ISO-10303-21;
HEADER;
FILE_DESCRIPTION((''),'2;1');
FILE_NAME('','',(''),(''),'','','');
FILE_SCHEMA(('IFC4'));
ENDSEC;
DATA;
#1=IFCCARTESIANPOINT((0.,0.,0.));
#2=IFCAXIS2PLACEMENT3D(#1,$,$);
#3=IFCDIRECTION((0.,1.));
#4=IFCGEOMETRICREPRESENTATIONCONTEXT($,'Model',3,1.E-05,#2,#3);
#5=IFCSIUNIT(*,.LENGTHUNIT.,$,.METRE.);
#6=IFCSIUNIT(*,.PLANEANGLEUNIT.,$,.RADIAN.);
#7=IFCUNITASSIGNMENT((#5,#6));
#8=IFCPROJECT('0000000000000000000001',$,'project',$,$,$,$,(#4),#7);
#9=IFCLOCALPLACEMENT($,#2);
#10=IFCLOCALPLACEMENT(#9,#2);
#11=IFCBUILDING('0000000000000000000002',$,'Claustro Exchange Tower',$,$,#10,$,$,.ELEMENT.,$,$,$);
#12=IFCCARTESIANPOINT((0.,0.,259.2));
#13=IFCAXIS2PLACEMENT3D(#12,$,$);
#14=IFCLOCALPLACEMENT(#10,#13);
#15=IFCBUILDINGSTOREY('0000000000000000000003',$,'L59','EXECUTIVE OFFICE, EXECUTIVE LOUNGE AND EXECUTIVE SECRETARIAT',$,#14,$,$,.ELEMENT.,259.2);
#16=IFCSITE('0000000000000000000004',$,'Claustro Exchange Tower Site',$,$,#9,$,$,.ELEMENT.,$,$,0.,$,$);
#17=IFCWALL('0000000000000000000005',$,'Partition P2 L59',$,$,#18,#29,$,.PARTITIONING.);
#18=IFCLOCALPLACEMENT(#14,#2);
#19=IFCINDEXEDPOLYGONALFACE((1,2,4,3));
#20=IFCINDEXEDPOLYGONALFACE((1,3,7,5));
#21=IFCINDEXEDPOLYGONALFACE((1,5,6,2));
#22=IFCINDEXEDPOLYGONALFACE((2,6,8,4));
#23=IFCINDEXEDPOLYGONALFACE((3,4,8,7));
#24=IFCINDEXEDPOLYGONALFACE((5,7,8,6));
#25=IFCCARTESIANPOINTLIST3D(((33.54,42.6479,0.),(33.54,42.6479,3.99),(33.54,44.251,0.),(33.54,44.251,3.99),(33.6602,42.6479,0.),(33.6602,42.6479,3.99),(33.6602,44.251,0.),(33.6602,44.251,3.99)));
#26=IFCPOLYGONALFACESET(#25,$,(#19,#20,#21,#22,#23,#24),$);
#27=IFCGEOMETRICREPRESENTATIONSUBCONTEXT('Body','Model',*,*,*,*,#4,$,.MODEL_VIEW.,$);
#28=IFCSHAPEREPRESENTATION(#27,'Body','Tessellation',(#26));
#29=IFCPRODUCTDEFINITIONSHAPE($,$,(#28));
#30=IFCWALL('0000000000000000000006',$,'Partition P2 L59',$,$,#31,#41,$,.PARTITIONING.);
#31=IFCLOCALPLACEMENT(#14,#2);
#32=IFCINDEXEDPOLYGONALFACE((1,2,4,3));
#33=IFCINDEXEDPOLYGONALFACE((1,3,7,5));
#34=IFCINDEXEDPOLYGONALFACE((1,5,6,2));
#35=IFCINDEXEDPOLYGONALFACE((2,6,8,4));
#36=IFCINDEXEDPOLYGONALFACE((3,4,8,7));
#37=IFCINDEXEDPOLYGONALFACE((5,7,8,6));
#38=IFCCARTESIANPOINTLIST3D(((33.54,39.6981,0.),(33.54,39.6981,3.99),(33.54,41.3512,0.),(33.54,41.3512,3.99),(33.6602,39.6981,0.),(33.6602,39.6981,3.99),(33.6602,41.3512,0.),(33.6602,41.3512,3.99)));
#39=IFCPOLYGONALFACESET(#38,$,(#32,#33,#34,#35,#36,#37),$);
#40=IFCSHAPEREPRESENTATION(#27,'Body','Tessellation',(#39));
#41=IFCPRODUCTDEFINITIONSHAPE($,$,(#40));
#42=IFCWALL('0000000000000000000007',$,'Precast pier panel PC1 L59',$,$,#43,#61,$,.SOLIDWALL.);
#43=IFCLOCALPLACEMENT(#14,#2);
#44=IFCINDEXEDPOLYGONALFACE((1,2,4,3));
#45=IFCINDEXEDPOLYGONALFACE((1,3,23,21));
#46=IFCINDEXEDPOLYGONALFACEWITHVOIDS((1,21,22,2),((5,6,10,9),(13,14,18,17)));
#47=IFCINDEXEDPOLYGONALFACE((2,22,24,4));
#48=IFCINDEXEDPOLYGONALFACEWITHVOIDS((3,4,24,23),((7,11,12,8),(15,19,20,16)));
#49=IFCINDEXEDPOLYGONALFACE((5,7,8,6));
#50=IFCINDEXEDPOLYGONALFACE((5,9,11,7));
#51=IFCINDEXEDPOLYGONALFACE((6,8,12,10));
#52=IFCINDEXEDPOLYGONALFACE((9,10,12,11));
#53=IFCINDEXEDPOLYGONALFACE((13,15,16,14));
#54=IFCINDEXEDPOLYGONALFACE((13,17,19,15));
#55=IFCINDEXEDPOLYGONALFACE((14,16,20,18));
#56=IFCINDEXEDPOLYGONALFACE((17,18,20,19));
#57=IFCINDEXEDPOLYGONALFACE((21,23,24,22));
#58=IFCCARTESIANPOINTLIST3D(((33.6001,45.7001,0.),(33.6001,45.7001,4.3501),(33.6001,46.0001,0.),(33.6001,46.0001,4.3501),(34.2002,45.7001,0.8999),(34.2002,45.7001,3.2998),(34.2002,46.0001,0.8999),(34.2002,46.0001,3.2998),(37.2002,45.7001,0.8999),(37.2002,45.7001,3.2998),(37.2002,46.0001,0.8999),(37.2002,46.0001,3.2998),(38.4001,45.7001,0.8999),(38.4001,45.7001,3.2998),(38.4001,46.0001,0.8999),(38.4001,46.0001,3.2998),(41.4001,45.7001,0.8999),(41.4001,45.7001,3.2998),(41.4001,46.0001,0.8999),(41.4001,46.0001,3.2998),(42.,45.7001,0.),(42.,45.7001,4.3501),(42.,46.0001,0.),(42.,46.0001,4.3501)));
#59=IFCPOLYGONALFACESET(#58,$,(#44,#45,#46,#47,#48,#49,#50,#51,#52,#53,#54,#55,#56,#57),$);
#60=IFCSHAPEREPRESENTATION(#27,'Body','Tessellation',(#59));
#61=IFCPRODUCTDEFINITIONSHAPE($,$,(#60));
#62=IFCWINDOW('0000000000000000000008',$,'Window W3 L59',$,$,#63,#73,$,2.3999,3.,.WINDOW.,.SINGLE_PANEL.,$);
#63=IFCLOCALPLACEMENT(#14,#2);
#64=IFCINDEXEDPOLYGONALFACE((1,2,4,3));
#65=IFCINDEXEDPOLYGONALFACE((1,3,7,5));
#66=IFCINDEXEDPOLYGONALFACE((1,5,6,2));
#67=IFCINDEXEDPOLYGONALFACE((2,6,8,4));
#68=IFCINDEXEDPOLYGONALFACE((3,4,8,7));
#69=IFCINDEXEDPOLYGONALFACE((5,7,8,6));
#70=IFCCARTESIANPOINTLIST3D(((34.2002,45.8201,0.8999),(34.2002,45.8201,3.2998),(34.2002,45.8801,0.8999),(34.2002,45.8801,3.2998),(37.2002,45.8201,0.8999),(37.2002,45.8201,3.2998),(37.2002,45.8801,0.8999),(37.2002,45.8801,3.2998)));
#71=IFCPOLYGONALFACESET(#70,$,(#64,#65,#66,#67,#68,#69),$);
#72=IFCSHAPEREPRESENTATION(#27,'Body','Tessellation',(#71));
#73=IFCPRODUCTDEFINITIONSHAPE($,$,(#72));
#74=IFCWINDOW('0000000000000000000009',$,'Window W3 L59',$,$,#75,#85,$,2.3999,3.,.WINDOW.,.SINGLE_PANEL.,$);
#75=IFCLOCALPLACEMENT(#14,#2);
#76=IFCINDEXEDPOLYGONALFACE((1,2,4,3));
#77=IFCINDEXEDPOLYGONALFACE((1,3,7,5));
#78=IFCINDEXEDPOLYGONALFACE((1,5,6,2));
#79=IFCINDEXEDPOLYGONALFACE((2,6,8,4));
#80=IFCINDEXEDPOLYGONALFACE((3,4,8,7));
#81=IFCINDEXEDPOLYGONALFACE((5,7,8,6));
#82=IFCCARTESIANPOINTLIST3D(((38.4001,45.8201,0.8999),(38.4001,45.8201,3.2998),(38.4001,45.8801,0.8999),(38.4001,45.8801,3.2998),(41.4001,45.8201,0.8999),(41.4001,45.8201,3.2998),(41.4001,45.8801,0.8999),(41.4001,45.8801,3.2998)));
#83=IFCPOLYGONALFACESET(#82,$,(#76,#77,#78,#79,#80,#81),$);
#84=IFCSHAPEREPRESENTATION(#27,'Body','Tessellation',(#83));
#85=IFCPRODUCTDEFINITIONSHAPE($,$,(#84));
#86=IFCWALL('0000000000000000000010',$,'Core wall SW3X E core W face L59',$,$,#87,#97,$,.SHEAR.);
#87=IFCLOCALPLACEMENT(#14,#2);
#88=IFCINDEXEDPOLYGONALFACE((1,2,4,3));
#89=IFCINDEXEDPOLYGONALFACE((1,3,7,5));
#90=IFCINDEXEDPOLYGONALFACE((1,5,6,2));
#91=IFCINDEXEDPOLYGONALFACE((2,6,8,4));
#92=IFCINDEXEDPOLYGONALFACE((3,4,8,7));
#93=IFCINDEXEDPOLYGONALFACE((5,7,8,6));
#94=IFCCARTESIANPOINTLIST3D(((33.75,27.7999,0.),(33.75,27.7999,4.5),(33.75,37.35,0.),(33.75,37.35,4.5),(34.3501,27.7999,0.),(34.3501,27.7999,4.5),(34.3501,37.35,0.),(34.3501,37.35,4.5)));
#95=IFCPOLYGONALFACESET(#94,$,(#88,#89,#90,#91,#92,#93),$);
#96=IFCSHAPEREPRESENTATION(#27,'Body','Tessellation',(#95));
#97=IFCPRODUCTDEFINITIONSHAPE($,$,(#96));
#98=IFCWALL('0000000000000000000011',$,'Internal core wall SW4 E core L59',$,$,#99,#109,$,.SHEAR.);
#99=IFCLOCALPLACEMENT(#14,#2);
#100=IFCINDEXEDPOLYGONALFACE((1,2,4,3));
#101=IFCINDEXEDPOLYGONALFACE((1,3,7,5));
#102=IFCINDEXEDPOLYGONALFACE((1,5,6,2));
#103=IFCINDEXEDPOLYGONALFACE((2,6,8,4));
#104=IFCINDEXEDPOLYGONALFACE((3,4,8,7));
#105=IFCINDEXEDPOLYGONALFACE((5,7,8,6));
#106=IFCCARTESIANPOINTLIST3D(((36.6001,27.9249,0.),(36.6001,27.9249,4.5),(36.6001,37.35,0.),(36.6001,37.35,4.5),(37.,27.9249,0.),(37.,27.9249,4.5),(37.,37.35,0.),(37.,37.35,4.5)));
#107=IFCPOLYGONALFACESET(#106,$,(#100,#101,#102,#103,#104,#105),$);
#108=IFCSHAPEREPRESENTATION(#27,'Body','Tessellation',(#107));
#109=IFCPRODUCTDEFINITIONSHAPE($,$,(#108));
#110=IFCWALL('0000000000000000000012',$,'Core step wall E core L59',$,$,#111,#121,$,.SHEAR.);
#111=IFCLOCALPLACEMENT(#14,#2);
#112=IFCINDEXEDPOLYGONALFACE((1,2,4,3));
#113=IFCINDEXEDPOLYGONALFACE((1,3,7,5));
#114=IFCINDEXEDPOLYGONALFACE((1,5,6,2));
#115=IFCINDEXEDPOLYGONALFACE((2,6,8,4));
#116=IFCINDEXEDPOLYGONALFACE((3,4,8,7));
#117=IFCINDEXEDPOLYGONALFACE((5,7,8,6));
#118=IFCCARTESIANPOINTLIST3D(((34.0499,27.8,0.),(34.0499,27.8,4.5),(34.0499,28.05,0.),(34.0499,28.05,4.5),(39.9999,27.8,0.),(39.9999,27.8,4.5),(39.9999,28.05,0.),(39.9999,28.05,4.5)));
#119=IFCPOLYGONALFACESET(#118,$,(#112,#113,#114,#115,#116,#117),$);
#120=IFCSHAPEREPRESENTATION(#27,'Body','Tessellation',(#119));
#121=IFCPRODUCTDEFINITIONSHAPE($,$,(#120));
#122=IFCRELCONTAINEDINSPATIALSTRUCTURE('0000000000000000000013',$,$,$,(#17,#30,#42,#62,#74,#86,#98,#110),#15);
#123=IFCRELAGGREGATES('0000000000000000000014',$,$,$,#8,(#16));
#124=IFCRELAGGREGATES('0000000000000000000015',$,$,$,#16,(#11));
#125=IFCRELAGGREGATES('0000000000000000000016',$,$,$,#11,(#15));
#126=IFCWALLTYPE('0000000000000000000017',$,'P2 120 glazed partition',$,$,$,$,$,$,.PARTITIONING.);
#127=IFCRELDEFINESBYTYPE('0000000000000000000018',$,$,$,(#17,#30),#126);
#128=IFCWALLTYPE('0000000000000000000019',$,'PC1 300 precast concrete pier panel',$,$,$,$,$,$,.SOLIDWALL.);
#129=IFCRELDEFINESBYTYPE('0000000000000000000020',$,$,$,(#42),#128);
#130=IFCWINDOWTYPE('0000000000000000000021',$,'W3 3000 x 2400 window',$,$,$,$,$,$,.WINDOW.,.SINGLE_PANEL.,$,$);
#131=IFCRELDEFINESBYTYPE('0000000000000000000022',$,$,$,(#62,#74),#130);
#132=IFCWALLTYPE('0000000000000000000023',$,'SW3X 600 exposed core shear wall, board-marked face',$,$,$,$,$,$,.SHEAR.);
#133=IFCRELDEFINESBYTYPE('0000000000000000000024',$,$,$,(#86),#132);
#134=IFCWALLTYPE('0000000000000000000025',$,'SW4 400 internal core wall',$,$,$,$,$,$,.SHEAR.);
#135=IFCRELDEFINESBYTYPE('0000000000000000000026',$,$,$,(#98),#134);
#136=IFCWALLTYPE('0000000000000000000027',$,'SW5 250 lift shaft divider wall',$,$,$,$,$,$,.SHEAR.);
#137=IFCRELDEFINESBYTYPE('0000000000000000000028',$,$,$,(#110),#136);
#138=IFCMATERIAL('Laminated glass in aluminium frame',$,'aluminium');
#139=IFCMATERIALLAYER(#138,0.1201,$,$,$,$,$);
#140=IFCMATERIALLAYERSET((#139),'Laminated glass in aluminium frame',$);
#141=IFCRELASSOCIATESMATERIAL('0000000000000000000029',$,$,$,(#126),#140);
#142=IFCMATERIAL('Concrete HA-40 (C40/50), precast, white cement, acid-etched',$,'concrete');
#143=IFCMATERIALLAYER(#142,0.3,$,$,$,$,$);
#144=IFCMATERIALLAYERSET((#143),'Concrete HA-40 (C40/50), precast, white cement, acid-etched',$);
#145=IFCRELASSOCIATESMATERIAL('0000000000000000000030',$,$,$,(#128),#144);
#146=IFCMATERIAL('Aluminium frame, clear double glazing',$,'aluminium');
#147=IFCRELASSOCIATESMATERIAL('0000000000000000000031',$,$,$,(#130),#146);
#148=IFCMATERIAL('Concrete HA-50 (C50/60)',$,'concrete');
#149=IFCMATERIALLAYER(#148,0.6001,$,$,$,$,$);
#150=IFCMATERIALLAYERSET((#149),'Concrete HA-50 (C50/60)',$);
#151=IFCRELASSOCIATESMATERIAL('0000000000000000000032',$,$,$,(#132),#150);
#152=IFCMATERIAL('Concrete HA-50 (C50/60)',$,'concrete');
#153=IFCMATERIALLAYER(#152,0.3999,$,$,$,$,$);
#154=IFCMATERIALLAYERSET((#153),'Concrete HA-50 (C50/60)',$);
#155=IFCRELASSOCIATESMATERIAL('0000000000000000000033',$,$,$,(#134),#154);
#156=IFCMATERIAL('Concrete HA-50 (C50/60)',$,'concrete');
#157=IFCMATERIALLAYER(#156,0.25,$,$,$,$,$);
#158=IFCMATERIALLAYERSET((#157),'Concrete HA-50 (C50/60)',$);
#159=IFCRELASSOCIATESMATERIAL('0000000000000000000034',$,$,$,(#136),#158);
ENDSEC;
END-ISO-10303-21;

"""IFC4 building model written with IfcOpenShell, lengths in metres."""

from ifc_helpers import new_model, si_unit, direction, frame, frame_2d, origin, place, context, subcontext, project, spatial, rectangle, extrude, material, layer, layer_set, type_object, element, fill, save


model = new_model("IFC4")

# Units and contexts
model_context = context("Model", 3, precision=1e-05, world=origin(), true_north=direction((0.0, 1.0)))
body_context = subcontext(model_context, "Body", "Model", "MODEL_VIEW")
ifc_project = project(units=[si_unit("LENGTHUNIT", "METRE"), si_unit("PLANEANGLEUNIT", "RADIAN")], contexts=[model_context])

# Site, building, storey
site_placement = place(None, origin())
site = spatial("IfcSite", under=ifc_project, at=site_placement, Name="Claustro Exchange Tower Site", CompositionType="ELEMENT", RefElevation=0.0)
building_placement = place(site_placement, origin())
building = spatial("IfcBuilding", under=site, at=building_placement, Name="Claustro Exchange Tower", CompositionType="ELEMENT")
storey_placement = place(building_placement, frame((0.0, 0.0, 259.2)))
storey = spatial("IfcBuildingStorey", under=building, at=storey_placement, Name="L59", Description="EXECUTIVE OFFICE, EXECUTIVE LOUNGE AND EXECUTIVE SECRETARIAT", CompositionType="ELEMENT", Elevation=259.2)

# Walls
ifc_material_1 = material(Name="Laminated glass in aluminium frame", Category="aluminium")
ifc_layer_1 = layer(ifc_material_1, 0.1201)
ifc_layer_set_1 = layer_set([ifc_layer_1], Name="Laminated glass in aluminium frame")
wall_type_1 = type_object("IfcWallType", Name="P2 120 glazed partition", PredefinedType="PARTITIONING", material=ifc_layer_set_1)
wall_1_placement = place(storey_placement, frame((33.6001, 42.6479, 0.0), z_axis=(0.0, 0.0, 1.0), x_axis=(0.0, 1.0, 0.0)))
element("IfcWall", 1, at=wall_1_placement, inside=storey, type_object=wall_type_1, Name="Partition P2 L59", PredefinedType="PARTITIONING", context=body_context, shape_type="SweptSolid", body=[
    extrude(rectangle(XDim=1.603, YDim=0.1201, at=frame_2d((0.8015, 0.0))), origin(), (0.0, 0.0, 1.0), 3.99),
])
wall_2_placement = place(storey_placement, frame((33.6001, 39.698, 0.0), z_axis=(0.0, 0.0, 1.0), x_axis=(0.0, 1.0, 0.0)))
element("IfcWall", 2, at=wall_2_placement, inside=storey, type_object=wall_type_1, Name="Partition P2 L59", PredefinedType="PARTITIONING", context=body_context, shape_type="SweptSolid", body=[
    extrude(rectangle(XDim=1.6531, YDim=0.1201, at=frame_2d((0.8267, 0.0))), origin(), (0.0, 0.0, 1.0), 3.99),
])

# Wall, openings, windows
ifc_material_2 = material(Name="Concrete HA-40 (C40/50), precast, white cement, acid-etched", Category="concrete")
ifc_layer_2 = layer(ifc_material_2, 0.3)
ifc_layer_set_2 = layer_set([ifc_layer_2], Name="Concrete HA-40 (C40/50), precast, white cement, acid-etched")
wall_type_2 = type_object("IfcWallType", Name="PC1 300 precast concrete pier panel", PredefinedType="SOLIDWALL", material=ifc_layer_set_2)
wall_3_placement = place(storey_placement, frame((33.6001, 45.8501, 0.0), z_axis=(0.0, 0.0, 1.0), x_axis=(1.0, 0.0, 0.0)))
wall_3 = element("IfcWall", 3, at=wall_3_placement, inside=storey, type_object=wall_type_2, Name="Precast pier panel PC1 L59", PredefinedType="SOLIDWALL", context=body_context, shape_type="SweptSolid", body=[
    extrude(rectangle(XDim=8.3999, YDim=0.3, at=frame_2d((4.2, 0.0))), origin(), (0.0, 0.0, 1.0), 4.3501),
])
opening_1_placement = place(wall_3_placement, frame((0.6001, 0.0, 0.8999)))
opening_1 = element("IfcOpeningElement", 4, at=opening_1_placement, cuts=wall_3, PredefinedType="OPENING", context=body_context, shape_type="SweptSolid", body=[
    extrude(rectangle(XDim=3.0, YDim=2.3999, at=frame_2d((1.5, 1.2))), frame((0.0, 0.1599, 0.0), z_axis=(0.0, -1.0, 0.0), x_axis=(1.0, 0.0, 0.0)), (0.0, 0.0, 1.0), 0.3201),
])
opening_2_placement = place(wall_3_placement, frame((4.8, 0.0, 0.8999)))
opening_2 = element("IfcOpeningElement", 5, at=opening_2_placement, cuts=wall_3, PredefinedType="OPENING", context=body_context, shape_type="SweptSolid", body=[
    extrude(rectangle(XDim=3.0, YDim=2.3999, at=frame_2d((1.5, 1.2))), frame((0.0, 0.1599, 0.0), z_axis=(0.0, -1.0, 0.0), x_axis=(1.0, 0.0, 0.0)), (0.0, 0.0, 1.0), 0.3201),
])
ifc_material_3 = material(Name="Aluminium frame, clear double glazing", Category="aluminium")
window_type = type_object("IfcWindowType", Name="W3 3000 x 2400 window", PartitioningType="SINGLE_PANEL", PredefinedType="WINDOW", material=ifc_material_3)
window_1_placement = place(opening_1_placement, origin())
window_1 = element("IfcWindow", 6, at=window_1_placement, inside=storey, type_object=window_type, Name="Window W3 L59", OverallHeight=2.3999, OverallWidth=3.0, PartitioningType="SINGLE_PANEL", PredefinedType="WINDOW", context=body_context, shape_type="SweptSolid", body=[
    extrude(rectangle(XDim=3.0, YDim=2.3999, at=frame_2d((1.5, 1.2))), frame((0.0, 0.03, 0.0), z_axis=(0.0, -1.0, 0.0), x_axis=(1.0, 0.0, 0.0)), (0.0, 0.0, 1.0), 0.0601),
])
fill(opening_1, window_1)
window_2_placement = place(opening_2_placement, origin())
window_2 = element("IfcWindow", 7, at=window_2_placement, inside=storey, type_object=window_type, Name="Window W3 L59", OverallHeight=2.3999, OverallWidth=3.0, PartitioningType="SINGLE_PANEL", PredefinedType="WINDOW", context=body_context, shape_type="SweptSolid", body=[
    extrude(rectangle(XDim=3.0, YDim=2.3999, at=frame_2d((1.5, 1.2))), frame((0.0, 0.03, 0.0), z_axis=(0.0, -1.0, 0.0), x_axis=(1.0, 0.0, 0.0)), (0.0, 0.0, 1.0), 0.0601),
])
fill(opening_2, window_2)

# Walls
ifc_material_4 = material(Name="Concrete HA-50 (C50/60)", Category="concrete")
ifc_layer_3 = layer(ifc_material_4, 0.6001)
ifc_layer_set_3 = layer_set([ifc_layer_3], Name="Concrete HA-50 (C50/60)")
wall_type_3 = type_object("IfcWallType", Name="SW3X 600 exposed core shear wall, board-marked face", PredefinedType="SHEAR", material=ifc_layer_set_3)
wall_4_placement = place(storey_placement, frame((34.05, 27.8, 0.0), z_axis=(0.0, 0.0, 1.0), x_axis=(0.0, 1.0, 0.0)))
element("IfcWall", 8, at=wall_4_placement, inside=storey, type_object=wall_type_3, Name="Core wall SW3X E core W face L59", PredefinedType="SHEAR", context=body_context, shape_type="SweptSolid", body=[
    extrude(rectangle(XDim=9.55, YDim=0.6001, at=frame_2d((4.7749, 0.0))), origin(), (0.0, 0.0, 1.0), 4.5),
])
ifc_material_5 = material(Name="Concrete HA-50 (C50/60)", Category="concrete")
ifc_layer_4 = layer(ifc_material_5, 0.3999)
ifc_layer_set_4 = layer_set([ifc_layer_4], Name="Concrete HA-50 (C50/60)")
wall_type_4 = type_object("IfcWallType", Name="SW4 400 internal core wall", PredefinedType="SHEAR", material=ifc_layer_set_4)
wall_5_placement = place(storey_placement, frame((36.8, 27.925, 0.0), z_axis=(0.0, 0.0, 1.0), x_axis=(0.0, 1.0, 0.0)))
element("IfcWall", 9, at=wall_5_placement, inside=storey, type_object=wall_type_4, Name="Internal core wall SW4 E core L59", PredefinedType="SHEAR", context=body_context, shape_type="SweptSolid", body=[
    extrude(rectangle(XDim=9.425, YDim=0.3999, at=frame_2d((4.7124, 0.0))), origin(), (0.0, 0.0, 1.0), 4.5),
])
ifc_material_6 = material(Name="Concrete HA-50 (C50/60)", Category="concrete")
ifc_layer_5 = layer(ifc_material_6, 0.25)
ifc_layer_set_5 = layer_set([ifc_layer_5], Name="Concrete HA-50 (C50/60)")
wall_type_5 = type_object("IfcWallType", Name="SW5 250 lift shaft divider wall", PredefinedType="SHEAR", material=ifc_layer_set_5)
wall_6_placement = place(storey_placement, frame((40.0, 27.925, 0.0), z_axis=(0.0, 0.0, 1.0), x_axis=(-1.0, 0.0, 0.0)))
element("IfcWall", 10, at=wall_6_placement, inside=storey, type_object=wall_type_5, Name="Core step wall E core L59", PredefinedType="SHEAR", context=body_context, shape_type="SweptSolid", body=[
    extrude(rectangle(XDim=5.95, YDim=0.25, at=frame_2d((2.9751, 0.0))), origin(), (0.0, 0.0, 1.0), 4.5),
])

save(model, "model.ifc")
